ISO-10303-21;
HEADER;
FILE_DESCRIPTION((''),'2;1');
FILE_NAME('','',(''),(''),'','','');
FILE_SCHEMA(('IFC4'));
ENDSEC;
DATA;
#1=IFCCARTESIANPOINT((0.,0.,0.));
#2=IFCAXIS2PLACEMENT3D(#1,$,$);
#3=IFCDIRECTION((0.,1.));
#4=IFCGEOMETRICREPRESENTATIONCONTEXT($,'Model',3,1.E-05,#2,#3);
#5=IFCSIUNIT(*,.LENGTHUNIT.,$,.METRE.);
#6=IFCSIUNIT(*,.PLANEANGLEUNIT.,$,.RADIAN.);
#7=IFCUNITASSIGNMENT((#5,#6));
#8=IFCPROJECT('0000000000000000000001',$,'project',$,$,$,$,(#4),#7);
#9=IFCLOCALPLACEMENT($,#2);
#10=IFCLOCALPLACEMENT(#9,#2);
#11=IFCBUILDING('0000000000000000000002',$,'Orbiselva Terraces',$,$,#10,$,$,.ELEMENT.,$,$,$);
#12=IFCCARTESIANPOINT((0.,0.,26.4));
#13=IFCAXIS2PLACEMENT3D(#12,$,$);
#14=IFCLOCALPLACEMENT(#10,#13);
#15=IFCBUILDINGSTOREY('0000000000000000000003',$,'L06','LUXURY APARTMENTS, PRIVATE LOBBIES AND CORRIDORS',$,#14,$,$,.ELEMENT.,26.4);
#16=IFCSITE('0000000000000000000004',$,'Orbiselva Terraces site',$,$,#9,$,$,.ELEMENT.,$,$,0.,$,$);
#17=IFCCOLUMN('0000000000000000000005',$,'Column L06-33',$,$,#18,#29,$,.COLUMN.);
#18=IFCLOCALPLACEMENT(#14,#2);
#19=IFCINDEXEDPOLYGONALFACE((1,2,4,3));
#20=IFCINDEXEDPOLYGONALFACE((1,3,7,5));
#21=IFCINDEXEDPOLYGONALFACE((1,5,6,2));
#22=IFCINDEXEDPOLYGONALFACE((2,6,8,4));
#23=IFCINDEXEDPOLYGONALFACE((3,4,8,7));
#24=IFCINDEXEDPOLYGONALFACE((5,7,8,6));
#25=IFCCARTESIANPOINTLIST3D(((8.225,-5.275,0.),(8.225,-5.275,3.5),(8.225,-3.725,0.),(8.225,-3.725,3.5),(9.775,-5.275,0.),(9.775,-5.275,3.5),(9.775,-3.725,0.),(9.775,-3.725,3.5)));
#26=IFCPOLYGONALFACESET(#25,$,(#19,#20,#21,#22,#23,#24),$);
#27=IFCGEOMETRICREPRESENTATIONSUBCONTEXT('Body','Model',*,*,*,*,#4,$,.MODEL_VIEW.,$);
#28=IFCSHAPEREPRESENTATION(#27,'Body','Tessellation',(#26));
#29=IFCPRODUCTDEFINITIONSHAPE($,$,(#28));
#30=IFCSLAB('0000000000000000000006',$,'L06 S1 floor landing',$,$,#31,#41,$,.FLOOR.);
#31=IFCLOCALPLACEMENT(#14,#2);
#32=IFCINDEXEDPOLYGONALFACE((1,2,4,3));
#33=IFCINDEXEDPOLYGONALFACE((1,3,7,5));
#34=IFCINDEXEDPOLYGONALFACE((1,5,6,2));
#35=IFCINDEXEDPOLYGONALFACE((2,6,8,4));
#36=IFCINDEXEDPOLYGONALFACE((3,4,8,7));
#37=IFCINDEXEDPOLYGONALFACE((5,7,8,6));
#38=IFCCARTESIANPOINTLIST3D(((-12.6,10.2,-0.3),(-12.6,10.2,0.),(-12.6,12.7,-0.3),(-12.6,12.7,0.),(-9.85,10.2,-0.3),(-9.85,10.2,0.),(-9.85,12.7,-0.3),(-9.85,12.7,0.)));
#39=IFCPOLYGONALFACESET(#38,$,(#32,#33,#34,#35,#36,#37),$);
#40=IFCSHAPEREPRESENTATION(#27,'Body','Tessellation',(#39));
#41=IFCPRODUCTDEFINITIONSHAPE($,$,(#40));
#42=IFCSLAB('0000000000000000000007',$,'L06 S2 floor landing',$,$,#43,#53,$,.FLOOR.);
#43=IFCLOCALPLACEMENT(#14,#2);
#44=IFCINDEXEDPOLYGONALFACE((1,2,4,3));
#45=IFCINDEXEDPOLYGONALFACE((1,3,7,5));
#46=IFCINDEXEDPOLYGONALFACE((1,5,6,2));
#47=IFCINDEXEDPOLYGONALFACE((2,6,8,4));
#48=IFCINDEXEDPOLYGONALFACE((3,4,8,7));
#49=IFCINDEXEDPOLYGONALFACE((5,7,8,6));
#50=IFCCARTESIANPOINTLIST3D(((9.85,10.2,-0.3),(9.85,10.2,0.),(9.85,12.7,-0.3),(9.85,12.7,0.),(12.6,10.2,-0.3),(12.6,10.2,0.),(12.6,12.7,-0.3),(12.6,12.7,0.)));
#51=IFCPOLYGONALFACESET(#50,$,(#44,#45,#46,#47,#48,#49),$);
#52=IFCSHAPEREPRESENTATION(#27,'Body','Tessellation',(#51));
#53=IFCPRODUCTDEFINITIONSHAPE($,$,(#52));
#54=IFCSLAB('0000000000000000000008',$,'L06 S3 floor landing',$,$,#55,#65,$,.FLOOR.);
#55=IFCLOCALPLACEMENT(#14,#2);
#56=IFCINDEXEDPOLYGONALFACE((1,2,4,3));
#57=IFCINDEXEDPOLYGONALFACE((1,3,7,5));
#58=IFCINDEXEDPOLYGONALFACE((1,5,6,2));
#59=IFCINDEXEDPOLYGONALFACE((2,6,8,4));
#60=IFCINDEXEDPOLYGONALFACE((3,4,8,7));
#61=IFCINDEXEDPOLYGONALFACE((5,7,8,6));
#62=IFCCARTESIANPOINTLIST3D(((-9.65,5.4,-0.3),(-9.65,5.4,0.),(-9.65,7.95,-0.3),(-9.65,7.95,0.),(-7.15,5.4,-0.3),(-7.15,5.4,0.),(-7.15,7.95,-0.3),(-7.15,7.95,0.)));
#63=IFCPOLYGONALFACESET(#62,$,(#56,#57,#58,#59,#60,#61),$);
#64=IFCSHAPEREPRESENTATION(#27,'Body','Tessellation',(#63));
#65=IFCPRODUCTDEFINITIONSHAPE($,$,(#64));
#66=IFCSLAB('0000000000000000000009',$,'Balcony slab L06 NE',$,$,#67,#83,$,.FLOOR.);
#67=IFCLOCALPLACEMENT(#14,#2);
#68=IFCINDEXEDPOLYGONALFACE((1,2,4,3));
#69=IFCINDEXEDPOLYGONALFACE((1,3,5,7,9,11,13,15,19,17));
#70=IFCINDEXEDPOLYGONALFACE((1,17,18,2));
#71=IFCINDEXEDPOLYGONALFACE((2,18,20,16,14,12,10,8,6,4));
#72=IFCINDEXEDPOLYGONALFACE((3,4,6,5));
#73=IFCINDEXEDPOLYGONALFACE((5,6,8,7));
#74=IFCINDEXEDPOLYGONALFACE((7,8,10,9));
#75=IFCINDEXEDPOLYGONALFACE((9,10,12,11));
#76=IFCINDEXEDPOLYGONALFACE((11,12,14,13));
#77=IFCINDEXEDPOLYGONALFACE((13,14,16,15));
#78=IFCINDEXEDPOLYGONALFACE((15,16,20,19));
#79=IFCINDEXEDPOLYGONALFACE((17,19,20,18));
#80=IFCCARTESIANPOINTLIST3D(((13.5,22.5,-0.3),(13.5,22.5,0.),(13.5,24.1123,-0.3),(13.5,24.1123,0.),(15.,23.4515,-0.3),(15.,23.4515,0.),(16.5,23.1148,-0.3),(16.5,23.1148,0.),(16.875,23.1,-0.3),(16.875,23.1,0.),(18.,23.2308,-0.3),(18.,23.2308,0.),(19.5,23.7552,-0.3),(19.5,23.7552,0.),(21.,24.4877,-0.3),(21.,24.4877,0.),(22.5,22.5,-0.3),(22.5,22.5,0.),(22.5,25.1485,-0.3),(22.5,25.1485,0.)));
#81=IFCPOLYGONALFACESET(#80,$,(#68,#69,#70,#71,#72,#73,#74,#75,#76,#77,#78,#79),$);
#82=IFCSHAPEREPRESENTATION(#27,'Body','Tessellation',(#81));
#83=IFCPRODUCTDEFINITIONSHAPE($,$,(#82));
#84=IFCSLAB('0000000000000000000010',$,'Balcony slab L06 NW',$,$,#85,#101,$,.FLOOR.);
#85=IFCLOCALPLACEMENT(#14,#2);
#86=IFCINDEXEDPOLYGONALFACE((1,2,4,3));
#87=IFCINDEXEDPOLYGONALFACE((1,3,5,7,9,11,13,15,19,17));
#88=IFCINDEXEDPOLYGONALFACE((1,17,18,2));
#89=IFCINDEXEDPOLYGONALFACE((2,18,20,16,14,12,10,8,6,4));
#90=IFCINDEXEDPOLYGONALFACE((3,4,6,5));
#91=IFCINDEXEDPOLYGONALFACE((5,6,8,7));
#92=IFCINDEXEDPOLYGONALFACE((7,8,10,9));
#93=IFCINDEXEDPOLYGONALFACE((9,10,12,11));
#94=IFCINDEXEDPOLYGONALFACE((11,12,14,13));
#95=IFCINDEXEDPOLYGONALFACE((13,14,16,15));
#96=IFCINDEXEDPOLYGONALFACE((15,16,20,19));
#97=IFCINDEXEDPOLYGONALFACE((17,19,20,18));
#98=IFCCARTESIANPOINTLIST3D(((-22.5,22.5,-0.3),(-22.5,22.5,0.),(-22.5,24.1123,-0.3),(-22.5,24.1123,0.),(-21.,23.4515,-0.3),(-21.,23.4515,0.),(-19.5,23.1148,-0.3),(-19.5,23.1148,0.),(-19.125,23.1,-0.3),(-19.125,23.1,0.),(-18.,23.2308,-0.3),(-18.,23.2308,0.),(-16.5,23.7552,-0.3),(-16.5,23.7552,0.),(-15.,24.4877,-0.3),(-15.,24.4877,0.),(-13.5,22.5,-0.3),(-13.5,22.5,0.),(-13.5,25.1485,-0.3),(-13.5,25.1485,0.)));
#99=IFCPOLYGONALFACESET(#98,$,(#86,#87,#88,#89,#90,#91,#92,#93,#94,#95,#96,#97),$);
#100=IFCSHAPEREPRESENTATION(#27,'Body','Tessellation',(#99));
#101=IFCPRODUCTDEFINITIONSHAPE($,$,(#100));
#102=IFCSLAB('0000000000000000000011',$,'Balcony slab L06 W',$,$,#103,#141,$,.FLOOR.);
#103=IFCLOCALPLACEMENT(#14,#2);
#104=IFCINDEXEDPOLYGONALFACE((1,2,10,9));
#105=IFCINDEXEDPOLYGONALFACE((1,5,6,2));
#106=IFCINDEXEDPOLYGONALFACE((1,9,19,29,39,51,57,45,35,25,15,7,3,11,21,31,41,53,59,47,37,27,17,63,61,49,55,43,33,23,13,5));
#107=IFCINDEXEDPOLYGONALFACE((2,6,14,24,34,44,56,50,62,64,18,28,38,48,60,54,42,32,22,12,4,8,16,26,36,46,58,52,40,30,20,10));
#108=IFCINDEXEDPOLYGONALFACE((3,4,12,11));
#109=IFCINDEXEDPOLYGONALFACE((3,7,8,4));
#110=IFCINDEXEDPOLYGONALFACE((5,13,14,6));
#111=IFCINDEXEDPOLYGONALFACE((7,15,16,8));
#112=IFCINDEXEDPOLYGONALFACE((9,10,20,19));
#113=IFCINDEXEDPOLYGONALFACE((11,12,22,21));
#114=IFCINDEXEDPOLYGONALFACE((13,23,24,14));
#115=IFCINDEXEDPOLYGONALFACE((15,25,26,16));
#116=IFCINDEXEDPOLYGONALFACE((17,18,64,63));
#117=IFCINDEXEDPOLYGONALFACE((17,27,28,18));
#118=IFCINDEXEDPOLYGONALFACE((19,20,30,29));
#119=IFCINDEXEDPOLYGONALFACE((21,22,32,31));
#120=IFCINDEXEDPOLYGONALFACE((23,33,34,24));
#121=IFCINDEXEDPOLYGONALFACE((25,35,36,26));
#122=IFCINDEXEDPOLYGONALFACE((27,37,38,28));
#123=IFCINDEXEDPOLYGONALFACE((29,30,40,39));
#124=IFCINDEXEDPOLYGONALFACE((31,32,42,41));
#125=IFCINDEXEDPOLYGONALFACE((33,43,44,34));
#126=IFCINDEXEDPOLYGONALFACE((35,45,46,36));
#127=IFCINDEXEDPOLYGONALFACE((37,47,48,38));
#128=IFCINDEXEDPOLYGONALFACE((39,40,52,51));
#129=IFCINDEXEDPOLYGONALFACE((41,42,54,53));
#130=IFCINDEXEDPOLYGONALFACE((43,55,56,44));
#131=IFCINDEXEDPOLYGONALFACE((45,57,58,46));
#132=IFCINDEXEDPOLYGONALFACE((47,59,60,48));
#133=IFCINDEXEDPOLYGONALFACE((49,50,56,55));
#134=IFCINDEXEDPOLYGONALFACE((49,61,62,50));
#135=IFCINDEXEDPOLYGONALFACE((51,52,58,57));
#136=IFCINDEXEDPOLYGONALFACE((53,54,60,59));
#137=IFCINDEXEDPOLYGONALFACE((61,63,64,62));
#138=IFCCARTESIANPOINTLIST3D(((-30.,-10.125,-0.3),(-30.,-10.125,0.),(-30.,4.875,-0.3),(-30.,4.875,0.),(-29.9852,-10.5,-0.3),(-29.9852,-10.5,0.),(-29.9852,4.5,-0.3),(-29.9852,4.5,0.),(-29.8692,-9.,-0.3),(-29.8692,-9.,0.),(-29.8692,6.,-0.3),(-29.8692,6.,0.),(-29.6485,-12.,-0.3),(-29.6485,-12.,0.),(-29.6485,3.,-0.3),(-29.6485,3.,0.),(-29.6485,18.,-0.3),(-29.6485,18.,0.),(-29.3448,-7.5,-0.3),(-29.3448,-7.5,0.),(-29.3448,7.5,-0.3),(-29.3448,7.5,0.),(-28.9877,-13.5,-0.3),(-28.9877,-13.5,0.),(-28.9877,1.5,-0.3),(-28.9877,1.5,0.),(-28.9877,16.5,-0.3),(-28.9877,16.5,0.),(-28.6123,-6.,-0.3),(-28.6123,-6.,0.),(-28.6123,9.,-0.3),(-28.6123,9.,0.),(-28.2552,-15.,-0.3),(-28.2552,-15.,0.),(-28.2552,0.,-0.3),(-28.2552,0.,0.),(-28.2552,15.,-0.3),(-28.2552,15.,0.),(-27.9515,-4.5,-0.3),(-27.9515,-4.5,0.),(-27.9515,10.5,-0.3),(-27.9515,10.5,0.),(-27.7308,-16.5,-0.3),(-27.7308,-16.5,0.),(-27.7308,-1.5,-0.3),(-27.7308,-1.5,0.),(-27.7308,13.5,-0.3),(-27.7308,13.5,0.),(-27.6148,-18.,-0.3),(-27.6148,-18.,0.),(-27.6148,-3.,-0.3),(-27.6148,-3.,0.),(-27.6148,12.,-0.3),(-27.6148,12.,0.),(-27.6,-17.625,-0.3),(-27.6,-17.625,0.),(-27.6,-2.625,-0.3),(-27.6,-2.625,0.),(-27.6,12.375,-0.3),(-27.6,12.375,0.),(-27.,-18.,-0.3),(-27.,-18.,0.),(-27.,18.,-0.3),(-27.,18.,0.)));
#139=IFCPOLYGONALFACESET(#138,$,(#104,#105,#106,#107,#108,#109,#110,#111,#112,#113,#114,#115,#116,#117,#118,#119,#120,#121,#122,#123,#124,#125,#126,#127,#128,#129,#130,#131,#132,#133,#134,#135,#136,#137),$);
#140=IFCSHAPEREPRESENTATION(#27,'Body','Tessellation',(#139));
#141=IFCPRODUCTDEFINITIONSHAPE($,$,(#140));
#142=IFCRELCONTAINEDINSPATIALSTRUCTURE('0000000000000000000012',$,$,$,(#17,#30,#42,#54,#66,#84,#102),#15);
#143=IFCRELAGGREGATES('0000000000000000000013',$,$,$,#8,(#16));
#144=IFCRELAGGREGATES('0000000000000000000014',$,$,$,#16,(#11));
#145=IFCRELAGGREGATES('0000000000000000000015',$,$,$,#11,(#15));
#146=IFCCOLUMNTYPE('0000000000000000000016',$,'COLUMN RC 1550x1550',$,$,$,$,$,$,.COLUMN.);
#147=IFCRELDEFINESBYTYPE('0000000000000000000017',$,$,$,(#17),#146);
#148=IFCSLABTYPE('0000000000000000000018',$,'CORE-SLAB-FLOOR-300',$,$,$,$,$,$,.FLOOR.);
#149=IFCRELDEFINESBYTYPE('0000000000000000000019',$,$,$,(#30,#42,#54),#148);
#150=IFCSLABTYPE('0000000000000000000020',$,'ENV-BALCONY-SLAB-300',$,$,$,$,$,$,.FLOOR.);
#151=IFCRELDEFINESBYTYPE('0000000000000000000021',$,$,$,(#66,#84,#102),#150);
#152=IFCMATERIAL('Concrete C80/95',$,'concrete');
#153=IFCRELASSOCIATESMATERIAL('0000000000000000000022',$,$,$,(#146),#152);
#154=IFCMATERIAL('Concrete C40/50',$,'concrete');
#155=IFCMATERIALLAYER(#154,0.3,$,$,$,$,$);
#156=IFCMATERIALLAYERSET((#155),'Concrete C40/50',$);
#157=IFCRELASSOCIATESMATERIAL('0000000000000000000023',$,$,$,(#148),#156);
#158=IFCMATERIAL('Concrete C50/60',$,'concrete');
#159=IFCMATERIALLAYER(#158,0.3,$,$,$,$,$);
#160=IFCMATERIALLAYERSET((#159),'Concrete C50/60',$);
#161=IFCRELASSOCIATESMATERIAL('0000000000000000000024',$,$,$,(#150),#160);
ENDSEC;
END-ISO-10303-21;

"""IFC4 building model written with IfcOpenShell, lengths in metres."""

from ifc_helpers import new_model, si_unit, direction, frame, origin, origin_2d, place, context, subcontext, project, spatial, polyline, rectangle, outline, extrude, material, layer, layer_set, material_profile, profile_set, type_object, element, save


model = new_model("IFC4")

# Units and contexts
model_context = context("Model", 3, precision=1e-05, world=origin(), true_north=direction((0.0, 1.0)))
body_context = subcontext(model_context, "Body", "Model", "MODEL_VIEW")
ifc_project = project(units=[si_unit("LENGTHUNIT", "METRE"), si_unit("PLANEANGLEUNIT", "RADIAN")], contexts=[model_context])

# Site, building, storey
site_placement = place(None, origin())
site = spatial("IfcSite", under=ifc_project, at=site_placement, Name="Orbiselva Terraces site", CompositionType="ELEMENT", RefElevation=0.0)
building_placement = place(site_placement, origin())
building = spatial("IfcBuilding", under=site, at=building_placement, Name="Orbiselva Terraces", CompositionType="ELEMENT")
storey_placement = place(building_placement, frame((0.0, 0.0, 26.4)))
storey = spatial("IfcBuildingStorey", under=building, at=storey_placement, Name="L06", Description="LUXURY APARTMENTS, PRIVATE LOBBIES AND CORRIDORS", CompositionType="ELEMENT", Elevation=26.4)

# Column
ifc_material_1 = material(Name="Concrete C80/95", Category="concrete")
ifc_material_profile = material_profile(ifc_material_1, rectangle(XDim=1.55, YDim=1.55, at=origin_2d()), Name="RC 1550x1550")
ifc_profile_set = profile_set([ifc_material_profile], Name="Concrete C80/95")
column_type = type_object("IfcColumnType", Name="COLUMN RC 1550x1550", PredefinedType="COLUMN", material=ifc_profile_set)
column_placement = place(storey_placement, frame((9.0, -4.5, 0.0), z_axis=(0.0, 0.0, 1.0), x_axis=(1.0, 0.0, 0.0)))
element("IfcColumn", 1, at=column_placement, inside=storey, type_object=column_type, Name="Column L06-33", PredefinedType="COLUMN", context=body_context, shape_type="SweptSolid", body=[
    extrude(rectangle(XDim=1.55, YDim=1.55, at=origin_2d()), origin(), (0.0, 0.0, 1.0), 3.5),
])

# Slabs
ifc_material_2 = material(Name="Concrete C40/50", Category="concrete")
ifc_layer_1 = layer(ifc_material_2, 0.3)
ifc_layer_set_1 = layer_set([ifc_layer_1], Name="Concrete C40/50")
slab_type_1 = type_object("IfcSlabType", Name="CORE-SLAB-FLOOR-300", PredefinedType="FLOOR", material=ifc_layer_set_1)
slab_1_placement = place(storey_placement, frame((0.0, 0.0, -0.3)))
element("IfcSlab", 2, at=slab_1_placement, inside=storey, type_object=slab_type_1, Name="L06 S1 floor landing", PredefinedType="FLOOR", context=body_context, shape_type="SweptSolid", body=[
    extrude(outline(polyline([(-12.6, 12.7), (-9.85, 12.7), (-9.85, 10.2), (-12.6, 10.2), (-12.6, 12.7)])), origin(), (0.0, 0.0, 1.0), 0.3),
])
slab_2_placement = place(storey_placement, frame((0.0, 0.0, -0.3)))
element("IfcSlab", 3, at=slab_2_placement, inside=storey, type_object=slab_type_1, Name="L06 S2 floor landing", PredefinedType="FLOOR", context=body_context, shape_type="SweptSolid", body=[
    extrude(outline(polyline([(12.6, 12.7), (12.6, 10.2), (9.85, 10.2), (9.85, 12.7), (12.6, 12.7)])), origin(), (0.0, 0.0, 1.0), 0.3),
])
slab_3_placement = place(storey_placement, frame((0.0, 0.0, -0.3)))
element("IfcSlab", 4, at=slab_3_placement, inside=storey, type_object=slab_type_1, Name="L06 S3 floor landing", PredefinedType="FLOOR", context=body_context, shape_type="SweptSolid", body=[
    extrude(outline(polyline([(-7.15, 5.4), (-9.65, 5.4), (-9.65, 7.95), (-7.15, 7.95), (-7.15, 5.4)])), origin(), (0.0, 0.0, 1.0), 0.3),
])
ifc_material_3 = material(Name="Concrete C50/60", Category="concrete")
ifc_layer_2 = layer(ifc_material_3, 0.3)
ifc_layer_set_2 = layer_set([ifc_layer_2], Name="Concrete C50/60")
slab_type_2 = type_object("IfcSlabType", Name="ENV-BALCONY-SLAB-300", PredefinedType="FLOOR", material=ifc_layer_set_2)
slab_4_placement = place(storey_placement, frame((0.0, 0.0, -0.3)))
element("IfcSlab", 5, at=slab_4_placement, inside=storey, type_object=slab_type_2, Name="Balcony slab L06 NE", PredefinedType="FLOOR", context=body_context, shape_type="SweptSolid", body=[
    extrude(outline(polyline([(22.5, 25.1485), (21.0, 24.4877), (19.5, 23.7552), (18.0, 23.2308), (16.875, 23.1), (16.5, 23.1148), (15.0, 23.4515), (13.5, 24.1123), (13.5, 22.5), (22.5, 22.5), (22.5, 25.1485)])), origin(), (0.0, 0.0, 1.0), 0.3),
])
slab_5_placement = place(storey_placement, frame((0.0, 0.0, -0.3)))
element("IfcSlab", 6, at=slab_5_placement, inside=storey, type_object=slab_type_2, Name="Balcony slab L06 NW", PredefinedType="FLOOR", context=body_context, shape_type="SweptSolid", body=[
    extrude(outline(polyline([(-13.5, 25.1485), (-15.0, 24.4877), (-16.5, 23.7552), (-18.0, 23.2308), (-19.125, 23.1), (-19.5, 23.1148), (-21.0, 23.4515), (-22.5, 24.1123), (-22.5, 22.5), (-13.5, 22.5), (-13.5, 25.1485)])), origin(), (0.0, 0.0, 1.0), 0.3),
])
slab_6_placement = place(storey_placement, frame((0.0, 0.0, -0.3)))
element("IfcSlab", 7, at=slab_6_placement, inside=storey, type_object=slab_type_2, Name="Balcony slab L06 W", PredefinedType="FLOOR", context=body_context, shape_type="SweptSolid", body=[
    extrude(outline(polyline([(-29.6485, 18.0), (-28.9877, 16.5), (-28.2552, 15.0), (-27.7308, 13.5), (-27.6, 12.375), (-27.6148, 12.0), (-27.9515, 10.5), (-28.6123, 9.0), (-29.3448, 7.5), (-29.8692, 6.0), (-30.0, 4.875), (-29.9852, 4.5), (-29.6485, 3.0), (-28.9877, 1.5), (-28.2552, 0.0), (-27.7308, -1.5), (-27.6, -2.625), (-27.6148, -3.0), (-27.9515, -4.5), (-28.6123, -6.0), (-29.3448, -7.5), (-29.8692, -9.0), (-30.0, -10.125), (-29.9852, -10.5), (-29.6485, -12.0), (-28.9877, -13.5), (-28.2552, -15.0), (-27.7308, -16.5), (-27.6, -17.625), (-27.6148, -18.0), (-27.0, -18.0), (-27.0, 18.0), (-29.6485, 18.0)])), origin(), (0.0, 0.0, 1.0), 0.3),
])

save(model, "model.ifc")
